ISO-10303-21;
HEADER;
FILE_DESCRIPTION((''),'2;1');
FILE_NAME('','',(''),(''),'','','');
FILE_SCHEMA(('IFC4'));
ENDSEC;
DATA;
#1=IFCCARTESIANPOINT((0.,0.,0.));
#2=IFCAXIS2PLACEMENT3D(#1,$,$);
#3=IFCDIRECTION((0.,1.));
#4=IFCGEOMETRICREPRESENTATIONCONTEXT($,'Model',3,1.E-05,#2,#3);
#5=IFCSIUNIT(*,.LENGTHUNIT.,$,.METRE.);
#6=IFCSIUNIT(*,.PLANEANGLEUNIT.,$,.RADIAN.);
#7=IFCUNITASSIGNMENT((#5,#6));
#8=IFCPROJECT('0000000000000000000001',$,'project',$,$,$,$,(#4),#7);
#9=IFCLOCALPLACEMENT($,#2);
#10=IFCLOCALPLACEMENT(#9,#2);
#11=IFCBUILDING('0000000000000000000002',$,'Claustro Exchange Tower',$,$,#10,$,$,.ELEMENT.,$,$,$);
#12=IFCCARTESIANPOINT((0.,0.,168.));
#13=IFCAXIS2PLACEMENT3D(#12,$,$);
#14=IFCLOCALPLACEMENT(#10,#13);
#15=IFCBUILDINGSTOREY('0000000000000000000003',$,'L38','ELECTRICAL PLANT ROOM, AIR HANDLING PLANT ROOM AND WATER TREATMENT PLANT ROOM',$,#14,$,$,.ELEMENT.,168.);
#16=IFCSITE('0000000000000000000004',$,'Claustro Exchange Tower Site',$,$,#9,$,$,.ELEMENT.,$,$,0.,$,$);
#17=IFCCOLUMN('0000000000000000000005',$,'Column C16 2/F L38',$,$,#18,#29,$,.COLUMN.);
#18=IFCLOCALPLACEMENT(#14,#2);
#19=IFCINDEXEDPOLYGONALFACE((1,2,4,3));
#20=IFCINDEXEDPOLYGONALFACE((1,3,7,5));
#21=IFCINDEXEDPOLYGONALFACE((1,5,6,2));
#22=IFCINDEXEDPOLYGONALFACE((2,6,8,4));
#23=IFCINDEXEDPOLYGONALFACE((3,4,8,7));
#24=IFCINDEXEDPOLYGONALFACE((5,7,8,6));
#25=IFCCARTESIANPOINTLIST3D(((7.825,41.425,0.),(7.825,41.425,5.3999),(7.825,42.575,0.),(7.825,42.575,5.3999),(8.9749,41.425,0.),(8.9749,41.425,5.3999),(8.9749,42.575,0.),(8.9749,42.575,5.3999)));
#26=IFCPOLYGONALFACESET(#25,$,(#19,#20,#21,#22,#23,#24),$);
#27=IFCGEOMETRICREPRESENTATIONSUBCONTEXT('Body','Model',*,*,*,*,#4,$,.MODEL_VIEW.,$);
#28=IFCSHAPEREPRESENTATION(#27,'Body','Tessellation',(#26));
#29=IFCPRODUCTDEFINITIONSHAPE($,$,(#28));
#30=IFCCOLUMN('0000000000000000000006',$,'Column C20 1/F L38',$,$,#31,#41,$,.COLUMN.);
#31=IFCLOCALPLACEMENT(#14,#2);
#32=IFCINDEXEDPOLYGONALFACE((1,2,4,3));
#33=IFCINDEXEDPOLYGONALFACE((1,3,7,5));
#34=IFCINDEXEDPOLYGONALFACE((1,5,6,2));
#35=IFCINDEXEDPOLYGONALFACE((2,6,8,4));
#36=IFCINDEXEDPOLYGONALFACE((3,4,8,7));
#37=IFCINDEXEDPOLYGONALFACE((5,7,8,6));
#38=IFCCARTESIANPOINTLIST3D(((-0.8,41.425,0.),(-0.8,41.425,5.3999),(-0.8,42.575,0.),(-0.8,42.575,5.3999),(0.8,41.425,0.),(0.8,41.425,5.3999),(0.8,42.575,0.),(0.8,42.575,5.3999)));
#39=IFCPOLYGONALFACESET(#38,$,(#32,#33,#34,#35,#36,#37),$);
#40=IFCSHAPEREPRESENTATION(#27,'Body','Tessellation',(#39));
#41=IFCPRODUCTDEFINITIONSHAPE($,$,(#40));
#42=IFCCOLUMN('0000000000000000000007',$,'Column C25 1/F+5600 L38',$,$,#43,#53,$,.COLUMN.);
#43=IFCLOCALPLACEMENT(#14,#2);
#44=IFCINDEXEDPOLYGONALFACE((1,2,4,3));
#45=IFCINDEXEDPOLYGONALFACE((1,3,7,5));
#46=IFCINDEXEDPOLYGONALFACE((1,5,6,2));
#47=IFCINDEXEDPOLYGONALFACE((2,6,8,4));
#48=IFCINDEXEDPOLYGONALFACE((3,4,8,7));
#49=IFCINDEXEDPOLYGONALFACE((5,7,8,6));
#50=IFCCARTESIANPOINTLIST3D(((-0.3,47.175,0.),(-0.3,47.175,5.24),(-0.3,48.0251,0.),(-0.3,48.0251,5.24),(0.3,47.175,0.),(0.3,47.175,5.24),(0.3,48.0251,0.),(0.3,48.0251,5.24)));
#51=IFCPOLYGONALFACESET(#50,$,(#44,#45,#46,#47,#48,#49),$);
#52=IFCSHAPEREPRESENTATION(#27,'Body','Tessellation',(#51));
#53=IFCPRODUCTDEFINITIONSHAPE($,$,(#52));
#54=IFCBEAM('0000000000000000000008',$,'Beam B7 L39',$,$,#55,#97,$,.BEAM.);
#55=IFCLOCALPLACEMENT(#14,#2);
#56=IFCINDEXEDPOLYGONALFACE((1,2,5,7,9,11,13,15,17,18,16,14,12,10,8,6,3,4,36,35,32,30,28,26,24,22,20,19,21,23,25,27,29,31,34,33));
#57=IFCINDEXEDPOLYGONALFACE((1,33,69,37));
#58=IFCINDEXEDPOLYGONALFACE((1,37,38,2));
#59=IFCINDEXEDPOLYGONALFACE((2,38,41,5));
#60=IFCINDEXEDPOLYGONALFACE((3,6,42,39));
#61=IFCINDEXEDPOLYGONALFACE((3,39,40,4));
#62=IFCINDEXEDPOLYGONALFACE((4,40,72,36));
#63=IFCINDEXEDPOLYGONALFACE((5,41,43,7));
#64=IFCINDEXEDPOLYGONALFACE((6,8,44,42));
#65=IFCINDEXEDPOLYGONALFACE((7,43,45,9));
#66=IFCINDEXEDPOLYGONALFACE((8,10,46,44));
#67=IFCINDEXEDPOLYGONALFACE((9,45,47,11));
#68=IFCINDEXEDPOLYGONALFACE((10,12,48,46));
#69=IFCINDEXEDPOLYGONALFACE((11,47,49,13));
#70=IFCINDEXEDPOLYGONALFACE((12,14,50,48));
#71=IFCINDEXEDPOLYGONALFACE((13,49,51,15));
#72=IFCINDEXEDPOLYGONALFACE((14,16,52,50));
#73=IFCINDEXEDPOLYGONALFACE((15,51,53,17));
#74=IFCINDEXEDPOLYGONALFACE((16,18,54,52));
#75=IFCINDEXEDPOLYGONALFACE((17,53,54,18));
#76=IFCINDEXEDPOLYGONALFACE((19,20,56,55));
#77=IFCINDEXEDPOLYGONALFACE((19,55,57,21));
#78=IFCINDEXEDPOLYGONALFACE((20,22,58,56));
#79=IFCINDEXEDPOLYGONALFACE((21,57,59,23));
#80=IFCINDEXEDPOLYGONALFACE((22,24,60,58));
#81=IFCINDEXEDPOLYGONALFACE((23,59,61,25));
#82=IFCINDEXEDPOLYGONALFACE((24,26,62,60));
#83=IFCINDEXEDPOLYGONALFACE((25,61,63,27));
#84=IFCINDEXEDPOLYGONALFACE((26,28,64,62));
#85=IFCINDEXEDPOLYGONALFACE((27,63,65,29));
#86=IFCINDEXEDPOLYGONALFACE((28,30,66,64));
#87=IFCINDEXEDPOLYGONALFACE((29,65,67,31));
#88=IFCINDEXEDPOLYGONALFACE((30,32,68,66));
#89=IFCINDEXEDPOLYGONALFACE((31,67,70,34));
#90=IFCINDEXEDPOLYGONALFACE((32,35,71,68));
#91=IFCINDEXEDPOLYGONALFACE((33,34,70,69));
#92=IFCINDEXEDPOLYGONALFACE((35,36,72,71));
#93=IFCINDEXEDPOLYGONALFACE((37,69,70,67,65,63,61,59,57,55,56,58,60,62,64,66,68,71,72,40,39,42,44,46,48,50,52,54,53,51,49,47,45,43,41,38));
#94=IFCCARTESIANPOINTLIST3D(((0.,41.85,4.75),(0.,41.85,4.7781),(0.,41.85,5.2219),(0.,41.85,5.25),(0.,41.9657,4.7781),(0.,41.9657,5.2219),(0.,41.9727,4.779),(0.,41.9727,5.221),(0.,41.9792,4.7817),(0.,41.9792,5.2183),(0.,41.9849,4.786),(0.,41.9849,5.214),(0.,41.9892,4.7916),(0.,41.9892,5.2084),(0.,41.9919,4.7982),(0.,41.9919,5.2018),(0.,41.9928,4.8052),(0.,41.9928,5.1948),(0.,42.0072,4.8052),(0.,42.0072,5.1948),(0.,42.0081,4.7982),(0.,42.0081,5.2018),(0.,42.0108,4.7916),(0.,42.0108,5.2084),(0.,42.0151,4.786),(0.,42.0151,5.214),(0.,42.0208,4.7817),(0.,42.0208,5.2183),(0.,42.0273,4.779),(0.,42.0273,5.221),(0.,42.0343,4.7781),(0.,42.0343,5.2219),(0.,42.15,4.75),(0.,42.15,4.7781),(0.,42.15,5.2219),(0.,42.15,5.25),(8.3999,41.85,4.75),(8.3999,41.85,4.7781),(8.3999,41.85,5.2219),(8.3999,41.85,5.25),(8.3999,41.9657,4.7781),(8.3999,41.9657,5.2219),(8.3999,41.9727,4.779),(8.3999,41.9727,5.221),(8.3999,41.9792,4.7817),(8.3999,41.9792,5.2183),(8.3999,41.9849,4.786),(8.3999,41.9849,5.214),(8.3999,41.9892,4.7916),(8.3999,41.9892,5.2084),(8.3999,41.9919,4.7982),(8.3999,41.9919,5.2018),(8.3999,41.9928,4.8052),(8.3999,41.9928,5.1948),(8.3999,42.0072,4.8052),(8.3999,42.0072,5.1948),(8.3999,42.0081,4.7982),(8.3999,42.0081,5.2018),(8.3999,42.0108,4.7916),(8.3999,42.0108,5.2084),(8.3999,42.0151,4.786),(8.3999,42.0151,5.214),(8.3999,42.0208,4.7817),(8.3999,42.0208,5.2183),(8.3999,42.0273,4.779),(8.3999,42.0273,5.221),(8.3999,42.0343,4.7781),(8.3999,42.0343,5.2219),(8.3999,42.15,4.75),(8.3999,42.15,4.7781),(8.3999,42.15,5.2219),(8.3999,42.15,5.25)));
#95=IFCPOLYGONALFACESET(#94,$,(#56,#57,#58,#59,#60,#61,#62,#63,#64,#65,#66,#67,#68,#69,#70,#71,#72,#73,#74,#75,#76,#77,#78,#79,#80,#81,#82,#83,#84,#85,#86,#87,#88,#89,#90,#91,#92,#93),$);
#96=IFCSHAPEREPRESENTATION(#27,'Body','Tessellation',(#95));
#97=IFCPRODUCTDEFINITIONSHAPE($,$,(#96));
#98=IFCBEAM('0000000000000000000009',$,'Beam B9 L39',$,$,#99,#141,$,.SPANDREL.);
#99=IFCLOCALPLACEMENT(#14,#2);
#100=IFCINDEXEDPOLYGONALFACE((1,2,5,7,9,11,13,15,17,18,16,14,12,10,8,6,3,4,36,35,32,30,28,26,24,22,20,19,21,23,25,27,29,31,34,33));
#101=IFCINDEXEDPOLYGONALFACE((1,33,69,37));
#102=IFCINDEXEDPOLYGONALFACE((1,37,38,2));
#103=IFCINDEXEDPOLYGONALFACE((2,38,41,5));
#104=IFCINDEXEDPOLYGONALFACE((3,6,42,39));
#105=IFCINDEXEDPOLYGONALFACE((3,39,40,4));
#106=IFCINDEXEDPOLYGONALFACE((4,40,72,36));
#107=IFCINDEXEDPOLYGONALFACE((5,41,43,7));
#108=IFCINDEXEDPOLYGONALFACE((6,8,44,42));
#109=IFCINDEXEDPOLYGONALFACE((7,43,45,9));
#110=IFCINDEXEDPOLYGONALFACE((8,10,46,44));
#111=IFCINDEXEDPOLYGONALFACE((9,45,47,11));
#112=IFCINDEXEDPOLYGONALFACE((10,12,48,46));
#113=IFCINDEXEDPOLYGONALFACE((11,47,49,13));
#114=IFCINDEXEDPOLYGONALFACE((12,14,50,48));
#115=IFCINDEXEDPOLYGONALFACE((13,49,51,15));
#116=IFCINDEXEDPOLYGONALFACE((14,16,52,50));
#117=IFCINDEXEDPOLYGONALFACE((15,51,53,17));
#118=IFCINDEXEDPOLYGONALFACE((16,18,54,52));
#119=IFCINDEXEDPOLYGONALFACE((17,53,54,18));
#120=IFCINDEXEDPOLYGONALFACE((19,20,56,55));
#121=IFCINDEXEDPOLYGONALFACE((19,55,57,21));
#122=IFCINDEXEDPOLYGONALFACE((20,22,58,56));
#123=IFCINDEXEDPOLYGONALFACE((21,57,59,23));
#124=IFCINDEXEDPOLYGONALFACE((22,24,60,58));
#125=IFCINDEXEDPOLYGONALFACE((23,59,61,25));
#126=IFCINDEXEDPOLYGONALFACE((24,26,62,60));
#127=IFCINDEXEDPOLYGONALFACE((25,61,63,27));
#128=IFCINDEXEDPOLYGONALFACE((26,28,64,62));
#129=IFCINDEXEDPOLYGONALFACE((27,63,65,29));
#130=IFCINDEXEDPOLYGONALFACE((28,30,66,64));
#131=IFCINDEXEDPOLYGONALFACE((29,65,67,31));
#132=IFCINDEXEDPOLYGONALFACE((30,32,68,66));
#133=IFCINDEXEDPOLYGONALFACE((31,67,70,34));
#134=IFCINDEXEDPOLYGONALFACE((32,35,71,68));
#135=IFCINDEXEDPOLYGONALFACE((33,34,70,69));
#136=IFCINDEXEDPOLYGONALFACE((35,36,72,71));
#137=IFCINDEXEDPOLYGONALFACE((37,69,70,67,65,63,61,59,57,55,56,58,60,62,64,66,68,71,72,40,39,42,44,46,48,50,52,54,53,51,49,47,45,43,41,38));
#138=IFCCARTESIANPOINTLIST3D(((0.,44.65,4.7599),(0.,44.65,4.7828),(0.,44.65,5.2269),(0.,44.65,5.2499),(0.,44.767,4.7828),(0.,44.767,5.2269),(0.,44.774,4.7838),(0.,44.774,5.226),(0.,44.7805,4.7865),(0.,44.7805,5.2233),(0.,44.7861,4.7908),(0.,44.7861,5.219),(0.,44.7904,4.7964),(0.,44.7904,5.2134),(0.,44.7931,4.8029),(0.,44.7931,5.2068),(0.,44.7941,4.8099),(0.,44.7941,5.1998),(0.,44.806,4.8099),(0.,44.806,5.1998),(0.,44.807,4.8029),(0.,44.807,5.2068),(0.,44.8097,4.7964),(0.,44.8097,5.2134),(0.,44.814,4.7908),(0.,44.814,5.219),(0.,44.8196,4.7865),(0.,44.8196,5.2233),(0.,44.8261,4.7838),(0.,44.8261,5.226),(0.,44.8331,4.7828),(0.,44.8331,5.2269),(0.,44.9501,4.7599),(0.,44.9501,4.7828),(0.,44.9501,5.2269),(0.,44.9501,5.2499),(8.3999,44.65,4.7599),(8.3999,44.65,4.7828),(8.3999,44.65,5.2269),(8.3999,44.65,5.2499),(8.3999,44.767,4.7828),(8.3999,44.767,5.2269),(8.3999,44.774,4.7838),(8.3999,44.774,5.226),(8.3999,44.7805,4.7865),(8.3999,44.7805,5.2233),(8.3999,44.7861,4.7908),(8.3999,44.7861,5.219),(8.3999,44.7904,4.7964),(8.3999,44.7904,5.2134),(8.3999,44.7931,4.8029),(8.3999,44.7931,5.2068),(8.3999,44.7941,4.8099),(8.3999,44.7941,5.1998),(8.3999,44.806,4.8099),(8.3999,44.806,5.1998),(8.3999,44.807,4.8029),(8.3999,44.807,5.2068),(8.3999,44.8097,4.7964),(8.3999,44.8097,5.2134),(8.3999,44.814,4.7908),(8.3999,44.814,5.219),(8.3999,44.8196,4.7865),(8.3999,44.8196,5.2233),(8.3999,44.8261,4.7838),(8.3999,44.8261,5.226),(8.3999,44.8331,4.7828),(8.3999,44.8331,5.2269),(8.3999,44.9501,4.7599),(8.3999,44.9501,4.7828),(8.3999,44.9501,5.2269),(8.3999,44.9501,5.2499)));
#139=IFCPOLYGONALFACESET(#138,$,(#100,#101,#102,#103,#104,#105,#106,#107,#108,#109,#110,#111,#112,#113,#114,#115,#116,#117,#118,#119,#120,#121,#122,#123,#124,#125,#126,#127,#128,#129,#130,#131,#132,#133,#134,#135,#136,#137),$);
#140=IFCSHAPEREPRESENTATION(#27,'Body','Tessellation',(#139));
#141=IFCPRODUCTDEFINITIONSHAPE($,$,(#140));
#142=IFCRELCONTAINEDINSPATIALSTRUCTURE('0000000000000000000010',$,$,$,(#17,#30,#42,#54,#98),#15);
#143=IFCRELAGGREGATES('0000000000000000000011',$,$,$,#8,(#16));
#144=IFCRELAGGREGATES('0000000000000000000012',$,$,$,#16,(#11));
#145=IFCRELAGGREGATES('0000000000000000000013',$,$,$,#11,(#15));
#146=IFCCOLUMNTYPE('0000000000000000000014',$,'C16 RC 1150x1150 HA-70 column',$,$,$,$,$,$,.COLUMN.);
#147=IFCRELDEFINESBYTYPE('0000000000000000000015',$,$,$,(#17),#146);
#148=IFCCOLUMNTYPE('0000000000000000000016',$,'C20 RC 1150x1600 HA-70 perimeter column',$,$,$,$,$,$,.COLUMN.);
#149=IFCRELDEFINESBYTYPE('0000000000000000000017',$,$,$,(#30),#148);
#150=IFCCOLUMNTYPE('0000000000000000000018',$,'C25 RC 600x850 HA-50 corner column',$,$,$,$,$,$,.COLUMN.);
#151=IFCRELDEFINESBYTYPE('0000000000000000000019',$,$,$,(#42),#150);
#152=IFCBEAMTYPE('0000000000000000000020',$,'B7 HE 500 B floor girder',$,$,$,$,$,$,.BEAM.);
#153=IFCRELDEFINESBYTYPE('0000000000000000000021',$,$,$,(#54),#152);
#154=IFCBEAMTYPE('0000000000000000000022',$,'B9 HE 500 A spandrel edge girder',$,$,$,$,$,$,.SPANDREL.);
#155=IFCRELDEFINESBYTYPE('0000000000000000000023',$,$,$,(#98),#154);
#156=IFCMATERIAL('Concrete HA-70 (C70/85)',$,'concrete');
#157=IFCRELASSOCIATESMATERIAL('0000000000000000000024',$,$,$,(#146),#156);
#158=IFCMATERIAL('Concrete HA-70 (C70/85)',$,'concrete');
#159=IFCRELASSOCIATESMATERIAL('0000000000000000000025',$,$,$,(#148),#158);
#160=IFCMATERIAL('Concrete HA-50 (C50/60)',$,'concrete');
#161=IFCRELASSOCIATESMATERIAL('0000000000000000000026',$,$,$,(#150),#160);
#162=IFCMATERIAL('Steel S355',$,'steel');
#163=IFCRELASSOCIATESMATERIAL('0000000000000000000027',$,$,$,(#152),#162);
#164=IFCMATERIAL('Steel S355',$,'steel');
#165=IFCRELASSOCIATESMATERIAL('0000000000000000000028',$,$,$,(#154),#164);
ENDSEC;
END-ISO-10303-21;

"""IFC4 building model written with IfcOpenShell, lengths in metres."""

from ifc_helpers import new_model, si_unit, direction, frame, origin, origin_2d, place, context, subcontext, project, spatial, rectangle, i_section, extrude, material, material_profile, profile_set, type_object, element, save


model = new_model("IFC4")

# Units and contexts
model_context = context("Model", 3, precision=1e-05, world=origin(), true_north=direction((0.0, 1.0)))
body_context = subcontext(model_context, "Body", "Model", "MODEL_VIEW")
ifc_project = project(units=[si_unit("LENGTHUNIT", "METRE"), si_unit("PLANEANGLEUNIT", "RADIAN")], contexts=[model_context])

# Site, building, storey
site_placement = place(None, origin())
site = spatial("IfcSite", under=ifc_project, at=site_placement, Name="Claustro Exchange Tower Site", CompositionType="ELEMENT", RefElevation=0.0)
building_placement = place(site_placement, origin())
building = spatial("IfcBuilding", under=site, at=building_placement, Name="Claustro Exchange Tower", CompositionType="ELEMENT")
storey_placement = place(building_placement, frame((0.0, 0.0, 168.0)))
storey = spatial("IfcBuildingStorey", under=building, at=storey_placement, Name="L38", Description="ELECTRICAL PLANT ROOM, AIR HANDLING PLANT ROOM AND WATER TREATMENT PLANT ROOM", CompositionType="ELEMENT", Elevation=168.0)

# Columns
ifc_material_1 = material(Name="Concrete HA-70 (C70/85)", Category="concrete")
ifc_material_profile_1 = material_profile(ifc_material_1, rectangle(XDim=1.1499, YDim=1.1499, at=origin_2d()), Name="RC 1150x1150")
ifc_profile_set_1 = profile_set([ifc_material_profile_1], Name="Concrete HA-70 (C70/85)")
column_type_1 = type_object("IfcColumnType", Name="C16 RC 1150x1150 HA-70 column", PredefinedType="COLUMN", material=ifc_profile_set_1)
column_1_placement = place(storey_placement, frame((8.3999, 42.0, 0.0), z_axis=(0.0, 0.0, 1.0), x_axis=(1.0, 0.0, 0.0)))
element("IfcColumn", 1, at=column_1_placement, inside=storey, type_object=column_type_1, Name="Column C16 2/F L38", PredefinedType="COLUMN", context=body_context, shape_type="SweptSolid", body=[
    extrude(rectangle(XDim=1.1499, YDim=1.1499, at=origin_2d()), origin(), (0.0, 0.0, 1.0), 5.3999),
])
ifc_material_2 = material(Name="Concrete HA-70 (C70/85)", Category="concrete")
ifc_material_profile_2 = material_profile(ifc_material_2, rectangle(XDim=1.1499, YDim=1.6001, at=origin_2d()), Name="RC 1150x1600")
ifc_profile_set_2 = profile_set([ifc_material_profile_2], Name="Concrete HA-70 (C70/85)")
column_type_2 = type_object("IfcColumnType", Name="C20 RC 1150x1600 HA-70 perimeter column", PredefinedType="COLUMN", material=ifc_profile_set_2)
column_2_placement = place(storey_placement, frame((0.0, 42.0, 0.0), z_axis=(0.0, 0.0, 1.0), x_axis=(0.0, 1.0, 0.0)))
element("IfcColumn", 2, at=column_2_placement, inside=storey, type_object=column_type_2, Name="Column C20 1/F L38", PredefinedType="COLUMN", context=body_context, shape_type="SweptSolid", body=[
    extrude(rectangle(XDim=1.1499, YDim=1.6001, at=origin_2d()), origin(), (0.0, 0.0, 1.0), 5.3999),
])
ifc_material_3 = material(Name="Concrete HA-50 (C50/60)", Category="concrete")
ifc_material_profile_3 = material_profile(ifc_material_3, rectangle(XDim=0.6001, YDim=0.8501, at=origin_2d()), Name="RC 600x850")
ifc_profile_set_3 = profile_set([ifc_material_profile_3], Name="Concrete HA-50 (C50/60)")
column_type_3 = type_object("IfcColumnType", Name="C25 RC 600x850 HA-50 corner column", PredefinedType="COLUMN", material=ifc_profile_set_3)
column_3_placement = place(storey_placement, frame((0.0, 47.6001, 0.0), z_axis=(0.0, 0.0, 1.0), x_axis=(1.0, 0.0, 0.0)))
element("IfcColumn", 3, at=column_3_placement, inside=storey, type_object=column_type_3, Name="Column C25 1/F+5600 L38", PredefinedType="COLUMN", context=body_context, shape_type="SweptSolid", body=[
    extrude(rectangle(XDim=0.6001, YDim=0.8501, at=origin_2d()), origin(), (0.0, 0.0, 1.0), 5.24),
])

# Beams
ifc_material_4 = material(Name="Steel S355", Category="steel")
ifc_material_profile_4 = material_profile(ifc_material_4, i_section(OverallWidth=0.3, OverallDepth=0.5, WebThickness=0.0144, FlangeThickness=0.0281, FilletRadius=0.0271, at=origin_2d()), Name="HE 500 B")
ifc_profile_set_4 = profile_set([ifc_material_profile_4], Name="Steel S355")
beam_type_1 = type_object("IfcBeamType", Name="B7 HE 500 B floor girder", PredefinedType="BEAM", material=ifc_profile_set_4)
beam_1_placement = place(storey_placement, frame((0.0, 42.0, 5.0), z_axis=(1.0, 0.0, 0.0), x_axis=(0.0, 1.0, 0.0)))
element("IfcBeam", 4, at=beam_1_placement, inside=storey, type_object=beam_type_1, Name="Beam B7 L39", PredefinedType="BEAM", context=body_context, shape_type="SweptSolid", body=[
    extrude(i_section(OverallWidth=0.3, OverallDepth=0.5, WebThickness=0.0144, FlangeThickness=0.0281, FilletRadius=0.0271, at=origin_2d()), origin(), (0.0, 0.0, 1.0), 8.3999),
])
ifc_material_5 = material(Name="Steel S355", Category="steel")
ifc_material_profile_5 = material_profile(ifc_material_5, i_section(OverallWidth=0.3, OverallDepth=0.49, WebThickness=0.012, FlangeThickness=0.0229, FilletRadius=0.0271, at=origin_2d()), Name="HE 500 A")
ifc_profile_set_5 = profile_set([ifc_material_profile_5], Name="Steel S355")
beam_type_2 = type_object("IfcBeamType", Name="B9 HE 500 A spandrel edge girder", PredefinedType="SPANDREL", material=ifc_profile_set_5)
beam_2_placement = place(storey_placement, frame((0.0, 44.8, 5.0049), z_axis=(1.0, 0.0, 0.0), x_axis=(0.0, 1.0, 0.0)))
element("IfcBeam", 5, at=beam_2_placement, inside=storey, type_object=beam_type_2, Name="Beam B9 L39", PredefinedType="SPANDREL", context=body_context, shape_type="SweptSolid", body=[
    extrude(i_section(OverallWidth=0.3, OverallDepth=0.49, WebThickness=0.012, FlangeThickness=0.0229, FilletRadius=0.0271, at=origin_2d()), origin(), (0.0, 0.0, 1.0), 8.3999),
])

save(model, "model.ifc")
